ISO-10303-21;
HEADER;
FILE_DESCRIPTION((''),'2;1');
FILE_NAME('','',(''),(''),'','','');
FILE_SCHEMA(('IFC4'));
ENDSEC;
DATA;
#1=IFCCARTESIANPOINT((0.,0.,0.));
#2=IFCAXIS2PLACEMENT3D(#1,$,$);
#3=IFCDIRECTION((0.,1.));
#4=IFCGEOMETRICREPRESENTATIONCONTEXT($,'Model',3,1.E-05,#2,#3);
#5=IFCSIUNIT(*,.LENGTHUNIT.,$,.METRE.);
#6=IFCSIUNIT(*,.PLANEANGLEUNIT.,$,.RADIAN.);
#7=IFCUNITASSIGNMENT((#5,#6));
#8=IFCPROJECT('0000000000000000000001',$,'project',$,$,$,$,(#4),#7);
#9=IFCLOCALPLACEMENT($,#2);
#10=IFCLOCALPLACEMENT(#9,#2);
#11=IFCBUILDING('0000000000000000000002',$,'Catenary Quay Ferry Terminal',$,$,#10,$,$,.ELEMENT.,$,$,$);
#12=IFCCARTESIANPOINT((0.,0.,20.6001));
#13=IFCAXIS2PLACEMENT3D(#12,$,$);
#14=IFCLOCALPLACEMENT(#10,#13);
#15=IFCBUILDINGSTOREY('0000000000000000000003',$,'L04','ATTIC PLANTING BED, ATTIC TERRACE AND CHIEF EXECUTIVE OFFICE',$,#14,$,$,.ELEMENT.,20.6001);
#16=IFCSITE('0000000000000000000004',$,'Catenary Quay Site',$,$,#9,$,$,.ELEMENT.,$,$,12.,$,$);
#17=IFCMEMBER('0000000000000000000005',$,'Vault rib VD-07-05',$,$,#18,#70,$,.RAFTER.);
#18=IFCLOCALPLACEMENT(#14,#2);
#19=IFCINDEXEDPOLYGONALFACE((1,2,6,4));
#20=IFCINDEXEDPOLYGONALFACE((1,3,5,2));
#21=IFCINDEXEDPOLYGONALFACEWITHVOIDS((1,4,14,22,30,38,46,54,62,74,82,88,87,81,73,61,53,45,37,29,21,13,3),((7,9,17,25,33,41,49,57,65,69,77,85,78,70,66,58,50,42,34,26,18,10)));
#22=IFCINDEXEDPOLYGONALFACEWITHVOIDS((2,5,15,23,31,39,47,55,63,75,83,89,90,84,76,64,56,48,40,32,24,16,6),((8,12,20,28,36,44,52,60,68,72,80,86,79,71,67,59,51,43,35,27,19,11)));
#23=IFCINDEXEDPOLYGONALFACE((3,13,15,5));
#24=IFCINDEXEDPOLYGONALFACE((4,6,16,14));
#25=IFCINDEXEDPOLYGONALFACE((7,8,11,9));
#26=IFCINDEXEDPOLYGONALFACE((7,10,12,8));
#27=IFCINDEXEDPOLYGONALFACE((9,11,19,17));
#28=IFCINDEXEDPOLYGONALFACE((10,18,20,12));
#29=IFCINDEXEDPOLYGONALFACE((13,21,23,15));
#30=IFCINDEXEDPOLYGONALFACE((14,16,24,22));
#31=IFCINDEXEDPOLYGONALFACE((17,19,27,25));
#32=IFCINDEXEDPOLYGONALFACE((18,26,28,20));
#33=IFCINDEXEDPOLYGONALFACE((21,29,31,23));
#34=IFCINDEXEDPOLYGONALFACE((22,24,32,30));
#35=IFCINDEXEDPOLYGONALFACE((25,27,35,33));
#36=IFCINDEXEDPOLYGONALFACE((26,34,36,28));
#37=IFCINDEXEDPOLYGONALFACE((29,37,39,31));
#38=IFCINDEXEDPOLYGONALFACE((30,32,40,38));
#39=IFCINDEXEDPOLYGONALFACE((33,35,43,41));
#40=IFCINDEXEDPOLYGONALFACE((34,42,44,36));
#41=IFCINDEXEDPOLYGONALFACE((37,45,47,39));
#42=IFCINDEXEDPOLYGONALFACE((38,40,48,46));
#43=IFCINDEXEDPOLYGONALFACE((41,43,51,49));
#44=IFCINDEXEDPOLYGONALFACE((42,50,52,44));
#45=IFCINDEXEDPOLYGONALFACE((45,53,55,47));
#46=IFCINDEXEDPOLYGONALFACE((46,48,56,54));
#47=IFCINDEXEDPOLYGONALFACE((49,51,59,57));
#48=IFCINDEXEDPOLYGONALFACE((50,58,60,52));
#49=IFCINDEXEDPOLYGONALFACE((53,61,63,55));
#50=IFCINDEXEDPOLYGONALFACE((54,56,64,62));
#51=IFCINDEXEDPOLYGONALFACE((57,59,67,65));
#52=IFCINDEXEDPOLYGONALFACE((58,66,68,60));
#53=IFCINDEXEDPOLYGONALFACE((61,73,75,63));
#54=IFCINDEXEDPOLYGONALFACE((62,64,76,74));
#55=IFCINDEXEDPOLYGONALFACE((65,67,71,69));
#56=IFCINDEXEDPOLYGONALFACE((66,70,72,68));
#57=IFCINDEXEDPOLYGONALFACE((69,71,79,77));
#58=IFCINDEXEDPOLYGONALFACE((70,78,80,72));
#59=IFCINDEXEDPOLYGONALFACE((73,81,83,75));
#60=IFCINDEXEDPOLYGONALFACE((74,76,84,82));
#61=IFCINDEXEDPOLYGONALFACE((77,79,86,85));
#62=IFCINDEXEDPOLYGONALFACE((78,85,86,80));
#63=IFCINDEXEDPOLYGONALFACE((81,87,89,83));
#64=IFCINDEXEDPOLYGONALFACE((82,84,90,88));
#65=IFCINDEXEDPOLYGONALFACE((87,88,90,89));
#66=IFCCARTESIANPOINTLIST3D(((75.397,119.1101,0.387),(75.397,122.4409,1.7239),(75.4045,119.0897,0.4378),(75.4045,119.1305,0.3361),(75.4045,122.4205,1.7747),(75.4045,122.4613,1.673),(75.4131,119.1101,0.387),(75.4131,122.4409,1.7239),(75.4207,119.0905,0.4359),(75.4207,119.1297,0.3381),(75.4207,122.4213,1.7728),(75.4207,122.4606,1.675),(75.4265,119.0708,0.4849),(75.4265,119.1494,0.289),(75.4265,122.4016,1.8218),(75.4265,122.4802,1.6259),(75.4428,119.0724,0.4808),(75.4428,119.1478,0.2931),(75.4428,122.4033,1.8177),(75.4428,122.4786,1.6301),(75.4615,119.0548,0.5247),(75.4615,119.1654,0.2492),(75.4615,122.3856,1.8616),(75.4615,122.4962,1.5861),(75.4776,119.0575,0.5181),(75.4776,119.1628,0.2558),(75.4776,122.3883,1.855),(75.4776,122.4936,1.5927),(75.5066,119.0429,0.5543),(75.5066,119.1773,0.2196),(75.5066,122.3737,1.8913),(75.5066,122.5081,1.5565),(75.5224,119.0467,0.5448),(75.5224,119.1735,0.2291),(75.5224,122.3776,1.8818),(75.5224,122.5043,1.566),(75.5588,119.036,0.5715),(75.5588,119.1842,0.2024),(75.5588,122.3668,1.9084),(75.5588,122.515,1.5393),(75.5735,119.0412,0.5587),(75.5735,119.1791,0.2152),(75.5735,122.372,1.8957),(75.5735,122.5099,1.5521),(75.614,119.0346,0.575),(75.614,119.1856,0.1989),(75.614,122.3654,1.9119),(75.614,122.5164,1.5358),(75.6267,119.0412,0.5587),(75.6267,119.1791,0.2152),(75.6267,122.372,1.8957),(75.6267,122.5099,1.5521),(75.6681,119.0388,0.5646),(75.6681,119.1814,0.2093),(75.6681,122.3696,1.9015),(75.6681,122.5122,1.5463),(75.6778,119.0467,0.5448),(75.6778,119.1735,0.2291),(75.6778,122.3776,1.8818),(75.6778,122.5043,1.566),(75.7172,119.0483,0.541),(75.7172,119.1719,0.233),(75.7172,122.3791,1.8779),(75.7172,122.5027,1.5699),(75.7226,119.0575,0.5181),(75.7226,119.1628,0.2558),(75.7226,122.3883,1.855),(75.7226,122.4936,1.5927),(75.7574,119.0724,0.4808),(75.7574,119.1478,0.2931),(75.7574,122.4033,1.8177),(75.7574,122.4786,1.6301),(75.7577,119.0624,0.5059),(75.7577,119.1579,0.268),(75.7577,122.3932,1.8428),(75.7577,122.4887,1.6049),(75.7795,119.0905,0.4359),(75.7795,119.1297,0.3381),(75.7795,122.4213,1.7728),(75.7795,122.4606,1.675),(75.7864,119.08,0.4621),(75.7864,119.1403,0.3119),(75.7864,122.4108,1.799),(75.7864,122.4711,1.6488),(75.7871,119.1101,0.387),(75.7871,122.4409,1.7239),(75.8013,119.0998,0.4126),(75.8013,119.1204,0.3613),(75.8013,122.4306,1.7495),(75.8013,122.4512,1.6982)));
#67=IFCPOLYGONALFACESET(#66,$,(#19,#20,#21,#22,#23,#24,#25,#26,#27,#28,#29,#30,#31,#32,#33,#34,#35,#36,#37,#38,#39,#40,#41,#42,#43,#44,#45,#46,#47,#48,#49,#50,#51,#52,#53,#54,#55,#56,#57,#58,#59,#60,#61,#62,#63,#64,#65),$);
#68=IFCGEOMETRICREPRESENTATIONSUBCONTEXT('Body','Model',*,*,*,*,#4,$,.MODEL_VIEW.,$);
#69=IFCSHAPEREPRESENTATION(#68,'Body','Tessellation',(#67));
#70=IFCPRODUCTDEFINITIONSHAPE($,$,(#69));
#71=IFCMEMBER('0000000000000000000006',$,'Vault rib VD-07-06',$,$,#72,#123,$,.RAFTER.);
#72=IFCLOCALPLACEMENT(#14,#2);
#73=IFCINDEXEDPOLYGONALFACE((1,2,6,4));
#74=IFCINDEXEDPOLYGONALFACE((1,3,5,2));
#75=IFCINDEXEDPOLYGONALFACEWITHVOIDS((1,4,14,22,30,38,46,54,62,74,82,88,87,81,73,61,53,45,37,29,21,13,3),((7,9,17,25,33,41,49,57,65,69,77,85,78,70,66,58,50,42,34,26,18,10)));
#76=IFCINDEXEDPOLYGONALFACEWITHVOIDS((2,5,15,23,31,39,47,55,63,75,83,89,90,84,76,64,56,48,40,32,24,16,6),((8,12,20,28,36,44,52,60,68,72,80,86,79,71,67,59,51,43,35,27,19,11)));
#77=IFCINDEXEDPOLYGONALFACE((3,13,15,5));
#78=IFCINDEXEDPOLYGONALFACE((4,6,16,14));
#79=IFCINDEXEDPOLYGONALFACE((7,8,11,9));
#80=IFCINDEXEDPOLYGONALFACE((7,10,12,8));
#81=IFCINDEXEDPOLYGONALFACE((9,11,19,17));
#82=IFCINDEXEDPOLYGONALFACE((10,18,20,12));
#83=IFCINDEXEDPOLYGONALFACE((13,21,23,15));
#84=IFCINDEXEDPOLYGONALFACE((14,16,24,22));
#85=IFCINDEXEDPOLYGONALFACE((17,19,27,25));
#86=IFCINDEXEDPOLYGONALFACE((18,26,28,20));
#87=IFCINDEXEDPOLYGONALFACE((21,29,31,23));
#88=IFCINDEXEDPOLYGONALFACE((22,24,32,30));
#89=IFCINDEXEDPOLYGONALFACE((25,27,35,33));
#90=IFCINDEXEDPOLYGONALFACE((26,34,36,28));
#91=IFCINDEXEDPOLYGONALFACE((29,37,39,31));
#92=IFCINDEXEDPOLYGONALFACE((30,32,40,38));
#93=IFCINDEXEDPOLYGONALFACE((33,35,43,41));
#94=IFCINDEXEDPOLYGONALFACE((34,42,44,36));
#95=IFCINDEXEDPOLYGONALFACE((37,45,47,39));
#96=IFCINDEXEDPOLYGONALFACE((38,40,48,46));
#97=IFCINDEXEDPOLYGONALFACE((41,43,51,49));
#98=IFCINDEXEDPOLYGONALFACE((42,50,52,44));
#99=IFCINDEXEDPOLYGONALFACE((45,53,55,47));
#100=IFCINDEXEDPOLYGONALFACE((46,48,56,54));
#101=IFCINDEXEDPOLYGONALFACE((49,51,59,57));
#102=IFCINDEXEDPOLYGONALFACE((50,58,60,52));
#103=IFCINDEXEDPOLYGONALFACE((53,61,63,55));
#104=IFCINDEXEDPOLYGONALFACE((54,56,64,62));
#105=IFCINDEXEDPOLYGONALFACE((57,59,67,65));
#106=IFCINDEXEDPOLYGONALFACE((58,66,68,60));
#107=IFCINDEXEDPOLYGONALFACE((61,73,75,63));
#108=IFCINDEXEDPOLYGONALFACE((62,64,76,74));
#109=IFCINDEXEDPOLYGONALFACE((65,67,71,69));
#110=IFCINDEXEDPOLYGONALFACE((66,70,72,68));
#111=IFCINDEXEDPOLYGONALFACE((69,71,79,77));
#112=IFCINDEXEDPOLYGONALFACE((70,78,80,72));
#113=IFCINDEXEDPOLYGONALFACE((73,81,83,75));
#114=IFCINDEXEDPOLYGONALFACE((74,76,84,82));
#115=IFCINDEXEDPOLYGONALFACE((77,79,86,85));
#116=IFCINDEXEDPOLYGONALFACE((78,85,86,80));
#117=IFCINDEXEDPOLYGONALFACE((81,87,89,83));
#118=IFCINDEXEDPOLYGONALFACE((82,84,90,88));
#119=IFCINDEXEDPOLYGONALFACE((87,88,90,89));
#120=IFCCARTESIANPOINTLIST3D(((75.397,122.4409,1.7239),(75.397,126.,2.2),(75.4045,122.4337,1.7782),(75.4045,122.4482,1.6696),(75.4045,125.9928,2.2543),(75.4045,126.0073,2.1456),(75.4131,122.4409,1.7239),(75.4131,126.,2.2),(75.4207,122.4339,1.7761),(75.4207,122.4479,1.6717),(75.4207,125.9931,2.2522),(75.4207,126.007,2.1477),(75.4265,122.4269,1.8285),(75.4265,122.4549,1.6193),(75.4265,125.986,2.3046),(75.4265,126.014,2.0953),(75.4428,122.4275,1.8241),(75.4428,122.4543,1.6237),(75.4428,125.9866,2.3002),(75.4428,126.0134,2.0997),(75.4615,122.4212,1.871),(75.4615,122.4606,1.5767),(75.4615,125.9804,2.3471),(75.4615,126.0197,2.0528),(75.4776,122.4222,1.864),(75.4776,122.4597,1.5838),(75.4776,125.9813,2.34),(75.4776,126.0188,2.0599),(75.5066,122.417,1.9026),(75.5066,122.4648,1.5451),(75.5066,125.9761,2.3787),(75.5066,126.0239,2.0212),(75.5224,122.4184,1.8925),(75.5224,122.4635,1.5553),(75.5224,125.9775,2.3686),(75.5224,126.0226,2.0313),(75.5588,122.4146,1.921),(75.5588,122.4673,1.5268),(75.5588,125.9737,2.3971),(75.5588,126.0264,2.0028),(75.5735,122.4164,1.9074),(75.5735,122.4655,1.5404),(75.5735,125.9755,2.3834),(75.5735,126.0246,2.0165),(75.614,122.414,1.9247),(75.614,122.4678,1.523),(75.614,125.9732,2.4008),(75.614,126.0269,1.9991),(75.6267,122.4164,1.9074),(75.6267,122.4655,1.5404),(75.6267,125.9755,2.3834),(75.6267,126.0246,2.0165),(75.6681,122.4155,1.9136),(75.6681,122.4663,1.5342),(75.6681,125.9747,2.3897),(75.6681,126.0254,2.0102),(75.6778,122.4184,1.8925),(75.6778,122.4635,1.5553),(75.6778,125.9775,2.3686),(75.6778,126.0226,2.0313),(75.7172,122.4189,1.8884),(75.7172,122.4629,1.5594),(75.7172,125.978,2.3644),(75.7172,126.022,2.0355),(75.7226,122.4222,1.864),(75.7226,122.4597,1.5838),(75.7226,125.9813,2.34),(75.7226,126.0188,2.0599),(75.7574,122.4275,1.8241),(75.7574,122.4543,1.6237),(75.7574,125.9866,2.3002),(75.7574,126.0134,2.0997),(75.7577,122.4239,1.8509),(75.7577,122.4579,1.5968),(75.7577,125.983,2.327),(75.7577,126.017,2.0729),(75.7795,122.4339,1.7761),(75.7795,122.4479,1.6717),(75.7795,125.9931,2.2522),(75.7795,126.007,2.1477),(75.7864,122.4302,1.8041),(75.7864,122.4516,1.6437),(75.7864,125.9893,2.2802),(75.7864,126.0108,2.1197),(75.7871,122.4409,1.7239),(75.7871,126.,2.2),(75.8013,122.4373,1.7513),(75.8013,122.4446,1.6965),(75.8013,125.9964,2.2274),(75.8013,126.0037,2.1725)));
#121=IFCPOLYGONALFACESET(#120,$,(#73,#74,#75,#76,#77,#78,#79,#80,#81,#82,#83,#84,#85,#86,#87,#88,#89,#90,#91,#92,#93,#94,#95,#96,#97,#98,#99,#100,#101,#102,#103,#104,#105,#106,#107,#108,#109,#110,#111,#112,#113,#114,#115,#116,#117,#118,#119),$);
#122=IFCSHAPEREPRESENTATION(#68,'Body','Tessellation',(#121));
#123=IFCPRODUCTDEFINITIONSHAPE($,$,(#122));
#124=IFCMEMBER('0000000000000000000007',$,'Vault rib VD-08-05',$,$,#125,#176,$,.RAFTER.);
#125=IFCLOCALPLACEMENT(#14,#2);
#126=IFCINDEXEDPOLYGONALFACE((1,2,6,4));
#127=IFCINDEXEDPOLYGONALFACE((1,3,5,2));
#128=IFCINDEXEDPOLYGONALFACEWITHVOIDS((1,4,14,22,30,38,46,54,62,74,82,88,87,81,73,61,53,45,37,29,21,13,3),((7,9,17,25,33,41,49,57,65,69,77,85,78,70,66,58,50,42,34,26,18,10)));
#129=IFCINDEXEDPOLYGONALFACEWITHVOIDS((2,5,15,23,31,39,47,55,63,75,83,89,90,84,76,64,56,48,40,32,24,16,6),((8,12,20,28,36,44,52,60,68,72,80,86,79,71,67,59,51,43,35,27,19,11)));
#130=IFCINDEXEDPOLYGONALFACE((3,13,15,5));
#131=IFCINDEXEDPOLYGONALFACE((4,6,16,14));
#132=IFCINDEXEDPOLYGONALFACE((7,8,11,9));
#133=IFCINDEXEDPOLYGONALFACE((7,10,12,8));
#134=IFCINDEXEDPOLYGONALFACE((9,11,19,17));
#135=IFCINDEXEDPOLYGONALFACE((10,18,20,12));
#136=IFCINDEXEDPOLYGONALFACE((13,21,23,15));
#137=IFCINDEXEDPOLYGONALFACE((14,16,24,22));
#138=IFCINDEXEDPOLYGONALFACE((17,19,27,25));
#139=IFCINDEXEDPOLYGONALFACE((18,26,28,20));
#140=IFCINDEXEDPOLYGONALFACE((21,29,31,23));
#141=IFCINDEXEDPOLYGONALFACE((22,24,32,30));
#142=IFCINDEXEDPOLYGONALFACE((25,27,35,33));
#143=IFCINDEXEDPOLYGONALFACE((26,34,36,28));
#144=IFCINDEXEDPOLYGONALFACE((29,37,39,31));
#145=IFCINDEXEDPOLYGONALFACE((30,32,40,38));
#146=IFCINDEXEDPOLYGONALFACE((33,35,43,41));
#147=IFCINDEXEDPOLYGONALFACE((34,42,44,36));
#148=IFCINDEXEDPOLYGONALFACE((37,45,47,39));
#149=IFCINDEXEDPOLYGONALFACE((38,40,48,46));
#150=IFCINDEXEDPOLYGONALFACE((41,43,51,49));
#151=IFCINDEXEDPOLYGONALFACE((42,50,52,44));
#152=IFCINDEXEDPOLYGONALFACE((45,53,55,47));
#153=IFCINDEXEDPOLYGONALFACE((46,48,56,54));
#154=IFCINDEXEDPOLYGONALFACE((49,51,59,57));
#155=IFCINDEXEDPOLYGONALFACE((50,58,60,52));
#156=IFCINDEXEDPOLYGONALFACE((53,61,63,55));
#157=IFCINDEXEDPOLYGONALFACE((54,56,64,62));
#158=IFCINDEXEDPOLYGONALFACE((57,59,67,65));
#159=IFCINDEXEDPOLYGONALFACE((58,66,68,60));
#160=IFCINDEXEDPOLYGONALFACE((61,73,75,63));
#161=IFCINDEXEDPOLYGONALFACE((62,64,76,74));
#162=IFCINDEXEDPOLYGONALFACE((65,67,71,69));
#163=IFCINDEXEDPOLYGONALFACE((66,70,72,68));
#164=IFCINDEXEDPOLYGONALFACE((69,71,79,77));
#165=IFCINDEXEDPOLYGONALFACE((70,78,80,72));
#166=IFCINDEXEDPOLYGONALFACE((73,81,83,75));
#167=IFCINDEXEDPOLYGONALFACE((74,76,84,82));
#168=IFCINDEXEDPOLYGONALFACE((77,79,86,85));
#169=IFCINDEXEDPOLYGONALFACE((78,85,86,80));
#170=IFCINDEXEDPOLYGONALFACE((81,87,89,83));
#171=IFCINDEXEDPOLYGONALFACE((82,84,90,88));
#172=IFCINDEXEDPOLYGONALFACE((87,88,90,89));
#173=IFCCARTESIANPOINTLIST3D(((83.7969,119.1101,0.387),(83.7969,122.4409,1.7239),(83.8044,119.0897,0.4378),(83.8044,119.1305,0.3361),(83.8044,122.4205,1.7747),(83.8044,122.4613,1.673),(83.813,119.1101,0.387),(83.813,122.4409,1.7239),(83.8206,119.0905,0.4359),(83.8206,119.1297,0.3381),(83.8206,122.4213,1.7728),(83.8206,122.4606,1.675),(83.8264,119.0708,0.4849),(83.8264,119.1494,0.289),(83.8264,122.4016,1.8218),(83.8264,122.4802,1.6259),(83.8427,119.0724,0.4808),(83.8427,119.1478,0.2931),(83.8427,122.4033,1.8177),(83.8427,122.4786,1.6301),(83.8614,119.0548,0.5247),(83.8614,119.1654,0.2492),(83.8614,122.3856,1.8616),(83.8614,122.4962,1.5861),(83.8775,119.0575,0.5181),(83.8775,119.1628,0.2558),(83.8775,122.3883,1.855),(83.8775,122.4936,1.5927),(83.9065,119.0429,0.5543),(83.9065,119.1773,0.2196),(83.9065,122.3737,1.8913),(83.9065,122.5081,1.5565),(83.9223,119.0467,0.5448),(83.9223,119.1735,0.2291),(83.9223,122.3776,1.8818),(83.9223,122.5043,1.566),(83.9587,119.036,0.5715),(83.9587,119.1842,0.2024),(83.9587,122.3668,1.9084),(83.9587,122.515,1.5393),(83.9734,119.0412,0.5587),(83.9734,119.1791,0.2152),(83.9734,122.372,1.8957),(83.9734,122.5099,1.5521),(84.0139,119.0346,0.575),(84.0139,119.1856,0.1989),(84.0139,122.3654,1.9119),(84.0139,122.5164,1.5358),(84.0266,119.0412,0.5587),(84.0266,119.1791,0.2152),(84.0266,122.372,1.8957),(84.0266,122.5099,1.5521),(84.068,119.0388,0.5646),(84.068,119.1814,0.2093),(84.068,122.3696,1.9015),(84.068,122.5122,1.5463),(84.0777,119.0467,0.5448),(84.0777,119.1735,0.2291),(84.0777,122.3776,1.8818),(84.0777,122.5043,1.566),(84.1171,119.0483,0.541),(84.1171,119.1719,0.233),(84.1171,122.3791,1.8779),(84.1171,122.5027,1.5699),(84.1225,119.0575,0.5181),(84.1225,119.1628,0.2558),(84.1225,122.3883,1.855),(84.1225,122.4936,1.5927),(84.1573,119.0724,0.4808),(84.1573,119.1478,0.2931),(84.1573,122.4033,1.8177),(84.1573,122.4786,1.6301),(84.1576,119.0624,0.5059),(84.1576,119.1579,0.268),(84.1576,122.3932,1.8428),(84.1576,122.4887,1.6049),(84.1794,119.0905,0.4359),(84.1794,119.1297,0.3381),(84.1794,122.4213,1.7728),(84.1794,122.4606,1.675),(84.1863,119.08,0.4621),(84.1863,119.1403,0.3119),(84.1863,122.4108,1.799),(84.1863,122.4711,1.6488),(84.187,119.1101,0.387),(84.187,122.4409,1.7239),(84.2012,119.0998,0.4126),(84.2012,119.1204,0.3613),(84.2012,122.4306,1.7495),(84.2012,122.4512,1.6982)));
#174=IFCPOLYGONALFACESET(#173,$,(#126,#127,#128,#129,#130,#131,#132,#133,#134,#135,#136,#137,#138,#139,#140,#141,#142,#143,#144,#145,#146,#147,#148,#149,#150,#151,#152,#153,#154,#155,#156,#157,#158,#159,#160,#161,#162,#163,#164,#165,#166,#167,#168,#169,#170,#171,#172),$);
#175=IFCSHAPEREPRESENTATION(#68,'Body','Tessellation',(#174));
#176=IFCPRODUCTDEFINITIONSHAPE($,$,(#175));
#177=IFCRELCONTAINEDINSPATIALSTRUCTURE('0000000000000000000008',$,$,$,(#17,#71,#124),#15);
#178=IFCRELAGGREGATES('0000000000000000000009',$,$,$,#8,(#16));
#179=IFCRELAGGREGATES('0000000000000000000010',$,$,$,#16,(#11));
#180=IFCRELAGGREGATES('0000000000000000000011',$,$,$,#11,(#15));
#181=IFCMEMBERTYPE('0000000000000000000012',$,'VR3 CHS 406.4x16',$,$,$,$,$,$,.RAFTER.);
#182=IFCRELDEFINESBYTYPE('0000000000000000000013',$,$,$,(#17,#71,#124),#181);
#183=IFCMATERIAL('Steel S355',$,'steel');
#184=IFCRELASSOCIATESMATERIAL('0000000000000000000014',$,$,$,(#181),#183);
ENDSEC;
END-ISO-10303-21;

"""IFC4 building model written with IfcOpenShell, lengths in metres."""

from ifc_helpers import new_model, si_unit, direction, frame, origin, origin_2d, place, context, subcontext, project, spatial, hollow_circle, extrude, material, material_profile, profile_set, type_object, element, save


model = new_model("IFC4")

# Units and contexts
model_context = context("Model", 3, precision=1e-05, world=origin(), true_north=direction((0.0, 1.0)))
body_context = subcontext(model_context, "Body", "Model", "MODEL_VIEW")
ifc_project = project(units=[si_unit("LENGTHUNIT", "METRE"), si_unit("PLANEANGLEUNIT", "RADIAN")], contexts=[model_context])

# Site, building, storey
site_placement = place(None, origin())
site = spatial("IfcSite", under=ifc_project, at=site_placement, Name="Catenary Quay Site", CompositionType="ELEMENT", RefElevation=12.0)
building_placement = place(site_placement, origin())
building = spatial("IfcBuilding", under=site, at=building_placement, Name="Catenary Quay Ferry Terminal", CompositionType="ELEMENT")
storey_placement = place(building_placement, frame((0.0, 0.0, 20.6001)))
storey = spatial("IfcBuildingStorey", under=building, at=storey_placement, Name="L04", Description="ATTIC PLANTING BED, ATTIC TERRACE AND CHIEF EXECUTIVE OFFICE", CompositionType="ELEMENT", Elevation=20.6001)

# Members
ifc_material_1 = material(Name="Steel S355", Category="steel")
ifc_material_profile_1 = material_profile(ifc_material_1, hollow_circle(Radius=0.2031, WallThickness=0.0161, at=origin_2d()), Name="CHS 406.4x16")
ifc_profile_set_1 = profile_set([ifc_material_profile_1], Name="Steel S355")
member_type_1 = type_object("IfcMemberType", Name="VR3 CHS 406.4x16", PredefinedType="RAFTER", material=ifc_profile_set_1)
member_1_placement = place(storey_placement, frame((75.6001, 119.1101, 0.387), z_axis=(0.0, 0.928035, 0.372493), x_axis=(-1.0, 0.0, 0.0)))
element("IfcMember", 1, at=member_1_placement, inside=storey, type_object=member_type_1, Name="Vault rib VD-07-05", PredefinedType="RAFTER", context=body_context, shape_type="SweptSolid", body=[
    extrude(hollow_circle(Radius=0.2031, WallThickness=0.0161, at=origin_2d()), origin(), (0.0, 0.0, 1.0), 3.5891),
])
member_2_placement = place(storey_placement, frame((75.6001, 122.4409, 1.7239), z_axis=(0.0, 0.991172, 0.132582), x_axis=(-1.0, 0.0, 0.0)))
element("IfcMember", 2, at=member_2_placement, inside=storey, type_object=member_type_1, Name="Vault rib VD-07-06", PredefinedType="RAFTER", context=body_context, shape_type="SweptSolid", body=[
    extrude(hollow_circle(Radius=0.2031, WallThickness=0.0161, at=origin_2d()), origin(), (0.0, 0.0, 1.0), 3.5908),
])
member_3_placement = place(storey_placement, frame((84.0, 119.1101, 0.387), z_axis=(0.0, 0.928035, 0.372493), x_axis=(-1.0, 0.0, 0.0)))
element("IfcMember", 3, at=member_3_placement, inside=storey, type_object=member_type_1, Name="Vault rib VD-08-05", PredefinedType="RAFTER", context=body_context, shape_type="SweptSolid", body=[
    extrude(hollow_circle(Radius=0.2031, WallThickness=0.0161, at=origin_2d()), origin(), (0.0, 0.0, 1.0), 3.5891),
])

save(model, "model.ifc")
